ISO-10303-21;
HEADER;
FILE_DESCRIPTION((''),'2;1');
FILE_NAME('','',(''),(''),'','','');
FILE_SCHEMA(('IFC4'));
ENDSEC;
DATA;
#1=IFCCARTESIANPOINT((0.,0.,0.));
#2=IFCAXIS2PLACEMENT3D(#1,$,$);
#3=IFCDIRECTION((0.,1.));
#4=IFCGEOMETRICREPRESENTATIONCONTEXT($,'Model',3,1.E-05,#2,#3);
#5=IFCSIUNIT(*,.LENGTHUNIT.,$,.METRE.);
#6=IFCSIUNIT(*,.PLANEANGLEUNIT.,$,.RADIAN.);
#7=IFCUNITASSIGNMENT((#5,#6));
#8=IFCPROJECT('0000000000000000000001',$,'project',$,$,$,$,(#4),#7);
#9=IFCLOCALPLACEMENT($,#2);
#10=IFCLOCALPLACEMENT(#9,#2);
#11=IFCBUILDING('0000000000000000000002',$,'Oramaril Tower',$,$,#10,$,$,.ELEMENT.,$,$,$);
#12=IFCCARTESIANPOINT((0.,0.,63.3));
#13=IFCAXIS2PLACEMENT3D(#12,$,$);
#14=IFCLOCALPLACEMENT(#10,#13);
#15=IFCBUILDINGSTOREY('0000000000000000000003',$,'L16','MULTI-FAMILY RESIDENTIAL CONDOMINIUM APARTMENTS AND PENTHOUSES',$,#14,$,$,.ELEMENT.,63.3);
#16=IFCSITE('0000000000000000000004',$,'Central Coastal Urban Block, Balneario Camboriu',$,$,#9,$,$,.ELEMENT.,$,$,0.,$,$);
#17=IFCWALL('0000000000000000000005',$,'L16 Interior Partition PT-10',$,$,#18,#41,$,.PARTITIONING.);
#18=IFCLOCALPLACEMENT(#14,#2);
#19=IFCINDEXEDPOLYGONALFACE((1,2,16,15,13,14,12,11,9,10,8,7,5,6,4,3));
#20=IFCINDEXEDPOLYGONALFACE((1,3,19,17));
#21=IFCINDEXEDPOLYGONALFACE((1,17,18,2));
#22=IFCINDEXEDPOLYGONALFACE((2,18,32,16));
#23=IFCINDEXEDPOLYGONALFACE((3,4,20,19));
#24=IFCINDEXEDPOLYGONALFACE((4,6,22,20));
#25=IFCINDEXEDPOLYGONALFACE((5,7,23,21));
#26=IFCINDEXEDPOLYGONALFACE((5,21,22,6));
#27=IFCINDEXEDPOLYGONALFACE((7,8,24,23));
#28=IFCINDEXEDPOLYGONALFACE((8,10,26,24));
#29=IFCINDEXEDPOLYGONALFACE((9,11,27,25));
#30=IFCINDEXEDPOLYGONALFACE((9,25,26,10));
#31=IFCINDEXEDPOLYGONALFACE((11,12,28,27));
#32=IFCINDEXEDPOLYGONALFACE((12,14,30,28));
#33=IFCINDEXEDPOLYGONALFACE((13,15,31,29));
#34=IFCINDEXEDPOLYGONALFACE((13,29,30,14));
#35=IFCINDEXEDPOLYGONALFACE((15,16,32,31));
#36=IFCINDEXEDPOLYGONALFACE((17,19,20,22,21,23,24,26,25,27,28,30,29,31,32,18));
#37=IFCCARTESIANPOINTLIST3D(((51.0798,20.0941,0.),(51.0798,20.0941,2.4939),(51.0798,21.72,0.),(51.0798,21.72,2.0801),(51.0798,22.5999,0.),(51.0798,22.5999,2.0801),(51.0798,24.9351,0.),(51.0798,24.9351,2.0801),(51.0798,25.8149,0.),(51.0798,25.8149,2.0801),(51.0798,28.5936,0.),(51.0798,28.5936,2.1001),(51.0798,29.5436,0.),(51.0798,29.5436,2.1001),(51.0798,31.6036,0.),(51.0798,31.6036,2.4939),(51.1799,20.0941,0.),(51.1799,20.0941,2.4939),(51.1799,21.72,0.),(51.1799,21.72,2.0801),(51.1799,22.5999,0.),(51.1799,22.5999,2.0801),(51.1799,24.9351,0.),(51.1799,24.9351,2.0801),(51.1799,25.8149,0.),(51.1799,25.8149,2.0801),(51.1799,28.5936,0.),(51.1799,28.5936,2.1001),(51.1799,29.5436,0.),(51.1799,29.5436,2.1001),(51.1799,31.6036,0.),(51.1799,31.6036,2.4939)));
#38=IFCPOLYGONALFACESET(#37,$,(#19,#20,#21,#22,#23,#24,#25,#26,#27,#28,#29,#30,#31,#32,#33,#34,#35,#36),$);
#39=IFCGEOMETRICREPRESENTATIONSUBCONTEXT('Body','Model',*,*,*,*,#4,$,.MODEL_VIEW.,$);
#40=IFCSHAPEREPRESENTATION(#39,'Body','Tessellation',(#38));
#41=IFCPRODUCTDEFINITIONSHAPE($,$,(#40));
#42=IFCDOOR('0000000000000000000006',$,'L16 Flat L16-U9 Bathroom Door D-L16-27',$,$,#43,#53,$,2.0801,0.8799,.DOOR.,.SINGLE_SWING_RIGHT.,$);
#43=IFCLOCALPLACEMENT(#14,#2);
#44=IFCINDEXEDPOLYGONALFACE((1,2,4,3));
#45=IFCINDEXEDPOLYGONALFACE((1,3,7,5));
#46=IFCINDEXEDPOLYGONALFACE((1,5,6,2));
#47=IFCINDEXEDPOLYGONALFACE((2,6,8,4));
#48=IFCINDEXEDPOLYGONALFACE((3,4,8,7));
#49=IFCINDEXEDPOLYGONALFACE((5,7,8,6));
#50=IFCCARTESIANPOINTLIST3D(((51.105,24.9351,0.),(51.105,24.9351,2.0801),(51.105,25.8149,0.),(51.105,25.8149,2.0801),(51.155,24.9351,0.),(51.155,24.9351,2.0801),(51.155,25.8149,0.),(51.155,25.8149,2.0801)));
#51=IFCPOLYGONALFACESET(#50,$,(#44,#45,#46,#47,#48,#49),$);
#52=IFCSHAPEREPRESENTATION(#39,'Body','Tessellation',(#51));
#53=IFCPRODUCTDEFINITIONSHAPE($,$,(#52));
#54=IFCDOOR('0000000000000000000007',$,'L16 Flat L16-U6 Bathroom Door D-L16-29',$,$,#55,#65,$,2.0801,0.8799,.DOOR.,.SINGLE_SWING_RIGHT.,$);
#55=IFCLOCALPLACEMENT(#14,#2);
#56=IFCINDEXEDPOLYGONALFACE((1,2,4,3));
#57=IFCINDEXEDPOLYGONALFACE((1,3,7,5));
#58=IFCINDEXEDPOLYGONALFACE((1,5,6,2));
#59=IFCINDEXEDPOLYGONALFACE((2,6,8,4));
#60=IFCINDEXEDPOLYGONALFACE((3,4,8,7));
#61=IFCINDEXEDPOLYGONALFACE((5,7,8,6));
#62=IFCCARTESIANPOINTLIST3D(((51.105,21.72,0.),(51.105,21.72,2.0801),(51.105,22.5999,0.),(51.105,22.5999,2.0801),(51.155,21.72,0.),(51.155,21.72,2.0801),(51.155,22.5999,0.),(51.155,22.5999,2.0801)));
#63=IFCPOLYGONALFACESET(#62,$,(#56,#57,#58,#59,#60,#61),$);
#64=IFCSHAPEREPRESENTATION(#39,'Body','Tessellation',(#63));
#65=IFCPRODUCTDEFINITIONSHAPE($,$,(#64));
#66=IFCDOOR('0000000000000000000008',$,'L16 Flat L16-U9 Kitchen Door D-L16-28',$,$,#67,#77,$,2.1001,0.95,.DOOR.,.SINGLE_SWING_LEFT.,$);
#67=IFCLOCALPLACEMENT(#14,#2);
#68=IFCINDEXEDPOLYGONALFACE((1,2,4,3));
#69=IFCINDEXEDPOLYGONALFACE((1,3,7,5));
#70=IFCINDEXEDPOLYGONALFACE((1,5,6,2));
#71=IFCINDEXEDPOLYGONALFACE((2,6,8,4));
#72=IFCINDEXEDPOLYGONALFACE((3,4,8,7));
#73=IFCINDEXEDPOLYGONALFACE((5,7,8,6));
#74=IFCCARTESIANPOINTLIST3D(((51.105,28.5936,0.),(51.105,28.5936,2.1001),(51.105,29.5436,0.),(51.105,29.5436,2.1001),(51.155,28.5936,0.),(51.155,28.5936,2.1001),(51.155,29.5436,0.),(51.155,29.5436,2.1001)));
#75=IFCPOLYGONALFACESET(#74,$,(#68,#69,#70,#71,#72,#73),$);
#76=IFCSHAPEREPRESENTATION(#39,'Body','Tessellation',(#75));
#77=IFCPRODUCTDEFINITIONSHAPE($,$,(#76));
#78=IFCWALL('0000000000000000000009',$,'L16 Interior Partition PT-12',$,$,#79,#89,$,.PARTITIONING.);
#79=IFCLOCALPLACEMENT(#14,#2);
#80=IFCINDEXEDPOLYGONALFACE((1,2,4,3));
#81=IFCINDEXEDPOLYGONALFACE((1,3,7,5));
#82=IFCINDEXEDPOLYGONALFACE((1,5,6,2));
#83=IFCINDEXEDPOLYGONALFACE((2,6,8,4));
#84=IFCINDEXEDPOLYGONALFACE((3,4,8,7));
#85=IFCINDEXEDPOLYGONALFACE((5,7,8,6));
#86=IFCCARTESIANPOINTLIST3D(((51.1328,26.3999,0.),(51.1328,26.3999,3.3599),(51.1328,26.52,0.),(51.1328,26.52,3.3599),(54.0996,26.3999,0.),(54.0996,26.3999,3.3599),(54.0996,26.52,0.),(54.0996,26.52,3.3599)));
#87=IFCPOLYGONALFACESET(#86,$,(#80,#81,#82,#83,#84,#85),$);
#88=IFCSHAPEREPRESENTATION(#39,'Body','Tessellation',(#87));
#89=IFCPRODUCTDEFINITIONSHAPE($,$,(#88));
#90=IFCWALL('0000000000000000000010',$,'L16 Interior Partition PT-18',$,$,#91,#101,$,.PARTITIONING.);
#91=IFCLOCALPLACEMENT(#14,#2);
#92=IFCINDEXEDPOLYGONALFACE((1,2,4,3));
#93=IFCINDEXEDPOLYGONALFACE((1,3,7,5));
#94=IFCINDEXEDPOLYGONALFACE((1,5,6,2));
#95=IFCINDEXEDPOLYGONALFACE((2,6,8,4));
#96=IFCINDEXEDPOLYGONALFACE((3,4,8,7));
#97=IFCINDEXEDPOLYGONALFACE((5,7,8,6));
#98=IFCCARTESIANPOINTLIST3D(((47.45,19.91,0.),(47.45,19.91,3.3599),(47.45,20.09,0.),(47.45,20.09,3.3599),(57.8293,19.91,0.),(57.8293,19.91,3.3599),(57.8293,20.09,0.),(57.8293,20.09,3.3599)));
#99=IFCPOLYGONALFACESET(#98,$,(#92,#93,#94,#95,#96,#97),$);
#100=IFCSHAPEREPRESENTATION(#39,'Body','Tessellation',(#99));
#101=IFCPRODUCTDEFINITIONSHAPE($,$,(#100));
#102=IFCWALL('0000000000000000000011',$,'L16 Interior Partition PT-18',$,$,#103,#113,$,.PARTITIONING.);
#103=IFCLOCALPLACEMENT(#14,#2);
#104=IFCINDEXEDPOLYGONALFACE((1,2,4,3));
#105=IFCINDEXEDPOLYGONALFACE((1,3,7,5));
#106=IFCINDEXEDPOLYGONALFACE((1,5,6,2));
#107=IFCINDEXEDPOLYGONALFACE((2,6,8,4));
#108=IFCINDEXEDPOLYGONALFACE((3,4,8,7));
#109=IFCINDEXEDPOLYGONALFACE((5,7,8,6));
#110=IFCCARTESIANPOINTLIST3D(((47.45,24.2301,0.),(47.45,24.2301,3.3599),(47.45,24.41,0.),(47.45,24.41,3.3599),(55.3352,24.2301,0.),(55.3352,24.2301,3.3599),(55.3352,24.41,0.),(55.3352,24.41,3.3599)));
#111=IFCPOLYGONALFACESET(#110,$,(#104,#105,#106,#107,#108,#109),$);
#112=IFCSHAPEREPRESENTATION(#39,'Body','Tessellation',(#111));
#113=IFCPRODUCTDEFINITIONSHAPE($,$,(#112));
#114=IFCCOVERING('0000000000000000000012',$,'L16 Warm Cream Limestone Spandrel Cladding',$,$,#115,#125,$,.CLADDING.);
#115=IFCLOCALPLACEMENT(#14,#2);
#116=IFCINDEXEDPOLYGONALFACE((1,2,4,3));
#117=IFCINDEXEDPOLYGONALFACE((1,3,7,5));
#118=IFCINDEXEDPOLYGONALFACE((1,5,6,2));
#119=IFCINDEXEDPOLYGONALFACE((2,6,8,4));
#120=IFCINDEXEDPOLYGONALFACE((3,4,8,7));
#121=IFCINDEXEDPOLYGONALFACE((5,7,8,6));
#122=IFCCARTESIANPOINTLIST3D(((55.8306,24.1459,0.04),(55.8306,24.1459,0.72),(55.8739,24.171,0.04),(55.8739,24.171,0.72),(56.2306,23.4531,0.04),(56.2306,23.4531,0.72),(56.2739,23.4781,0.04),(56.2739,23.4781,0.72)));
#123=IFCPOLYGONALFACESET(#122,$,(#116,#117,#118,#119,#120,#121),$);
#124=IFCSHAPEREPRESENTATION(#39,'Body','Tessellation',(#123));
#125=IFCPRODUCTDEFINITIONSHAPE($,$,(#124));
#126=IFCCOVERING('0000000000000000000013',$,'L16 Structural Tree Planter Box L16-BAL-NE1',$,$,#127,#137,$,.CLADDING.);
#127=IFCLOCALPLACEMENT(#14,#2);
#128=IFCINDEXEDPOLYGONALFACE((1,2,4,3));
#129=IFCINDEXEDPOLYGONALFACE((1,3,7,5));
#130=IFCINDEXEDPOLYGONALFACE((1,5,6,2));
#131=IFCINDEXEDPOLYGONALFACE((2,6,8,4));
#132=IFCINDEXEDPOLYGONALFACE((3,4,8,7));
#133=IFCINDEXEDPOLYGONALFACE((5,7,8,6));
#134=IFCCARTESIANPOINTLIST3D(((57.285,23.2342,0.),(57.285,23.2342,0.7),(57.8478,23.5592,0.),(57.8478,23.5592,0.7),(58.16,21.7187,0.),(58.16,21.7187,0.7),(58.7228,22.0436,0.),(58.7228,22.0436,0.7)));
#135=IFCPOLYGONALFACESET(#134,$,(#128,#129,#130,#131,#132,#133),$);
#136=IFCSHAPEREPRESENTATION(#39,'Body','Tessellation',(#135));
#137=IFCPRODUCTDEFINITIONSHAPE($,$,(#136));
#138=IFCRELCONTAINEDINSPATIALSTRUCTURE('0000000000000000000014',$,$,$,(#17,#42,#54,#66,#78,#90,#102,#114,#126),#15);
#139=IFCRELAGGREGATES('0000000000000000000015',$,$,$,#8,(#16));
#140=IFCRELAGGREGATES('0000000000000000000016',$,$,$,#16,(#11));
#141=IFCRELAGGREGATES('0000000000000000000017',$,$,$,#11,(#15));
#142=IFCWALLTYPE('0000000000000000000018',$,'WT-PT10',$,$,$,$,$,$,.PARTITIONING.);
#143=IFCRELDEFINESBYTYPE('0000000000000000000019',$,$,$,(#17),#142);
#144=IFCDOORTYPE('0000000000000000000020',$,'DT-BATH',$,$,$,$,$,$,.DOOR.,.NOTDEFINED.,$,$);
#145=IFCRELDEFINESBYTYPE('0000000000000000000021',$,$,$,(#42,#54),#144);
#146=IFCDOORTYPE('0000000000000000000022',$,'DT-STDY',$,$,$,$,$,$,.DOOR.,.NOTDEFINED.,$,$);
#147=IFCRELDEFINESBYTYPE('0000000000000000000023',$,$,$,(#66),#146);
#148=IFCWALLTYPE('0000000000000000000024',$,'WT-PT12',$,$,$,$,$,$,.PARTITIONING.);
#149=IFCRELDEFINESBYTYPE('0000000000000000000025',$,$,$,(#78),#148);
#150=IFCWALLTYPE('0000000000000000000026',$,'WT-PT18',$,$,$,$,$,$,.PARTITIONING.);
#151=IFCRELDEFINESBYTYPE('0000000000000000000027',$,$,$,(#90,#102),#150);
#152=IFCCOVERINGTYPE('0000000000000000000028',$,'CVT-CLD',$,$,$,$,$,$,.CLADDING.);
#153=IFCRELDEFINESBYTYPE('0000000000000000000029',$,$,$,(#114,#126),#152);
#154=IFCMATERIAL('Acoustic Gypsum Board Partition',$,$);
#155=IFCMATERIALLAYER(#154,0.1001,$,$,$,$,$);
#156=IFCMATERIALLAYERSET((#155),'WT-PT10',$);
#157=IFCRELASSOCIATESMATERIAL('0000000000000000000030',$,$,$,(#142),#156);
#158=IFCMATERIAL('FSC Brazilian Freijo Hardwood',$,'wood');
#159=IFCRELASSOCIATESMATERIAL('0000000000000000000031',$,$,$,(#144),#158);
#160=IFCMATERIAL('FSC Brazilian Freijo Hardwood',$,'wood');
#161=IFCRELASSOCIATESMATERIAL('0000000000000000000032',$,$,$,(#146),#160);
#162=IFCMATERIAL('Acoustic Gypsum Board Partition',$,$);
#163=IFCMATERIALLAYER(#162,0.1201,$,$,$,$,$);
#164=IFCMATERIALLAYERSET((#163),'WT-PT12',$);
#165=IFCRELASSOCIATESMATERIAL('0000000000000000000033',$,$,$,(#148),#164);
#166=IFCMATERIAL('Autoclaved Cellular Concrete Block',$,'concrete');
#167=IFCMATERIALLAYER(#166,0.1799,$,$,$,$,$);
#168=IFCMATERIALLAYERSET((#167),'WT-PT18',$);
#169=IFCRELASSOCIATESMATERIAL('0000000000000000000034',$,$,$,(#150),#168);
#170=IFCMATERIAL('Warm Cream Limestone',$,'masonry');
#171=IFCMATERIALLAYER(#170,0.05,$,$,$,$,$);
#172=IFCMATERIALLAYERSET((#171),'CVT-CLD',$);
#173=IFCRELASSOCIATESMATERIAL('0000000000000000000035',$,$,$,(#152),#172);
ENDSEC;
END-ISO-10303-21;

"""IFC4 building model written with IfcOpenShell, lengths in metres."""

from ifc_helpers import new_model, si_unit, direction, frame, frame_2d, origin, origin_2d, place, context, subcontext, project, spatial, rectangle, extrude, material, layer, layer_set, type_object, element, fill, save


model = new_model("IFC4")

# Units and contexts
model_context = context("Model", 3, precision=1e-05, world=origin(), true_north=direction((0.0, 1.0)))
body_context = subcontext(model_context, "Body", "Model", "MODEL_VIEW")
ifc_project = project(units=[si_unit("LENGTHUNIT", "METRE"), si_unit("PLANEANGLEUNIT", "RADIAN")], contexts=[model_context])

# Site, building, storey
site_placement = place(None, origin())
site = spatial("IfcSite", under=ifc_project, at=site_placement, Name="Central Coastal Urban Block, Balneario Camboriu", CompositionType="ELEMENT", RefElevation=0.0)
building_placement = place(site_placement, origin())
building = spatial("IfcBuilding", under=site, at=building_placement, Name="Oramaril Tower", CompositionType="ELEMENT")
storey_placement = place(building_placement, frame((0.0, 0.0, 63.3)))
storey = spatial("IfcBuildingStorey", under=building, at=storey_placement, Name="L16", Description="MULTI-FAMILY RESIDENTIAL CONDOMINIUM APARTMENTS AND PENTHOUSES", CompositionType="ELEMENT", Elevation=63.3)

# Wall, openings, doors
ifc_material_1 = material(Name="Acoustic Gypsum Board Partition")
ifc_layer_1 = layer(ifc_material_1, 0.1001)
ifc_layer_set_1 = layer_set([ifc_layer_1], Name="WT-PT10")
wall_type_1 = type_object("IfcWallType", Name="WT-PT10", PredefinedType="PARTITIONING", material=ifc_layer_set_1)
wall_1_placement = place(storey_placement, frame((51.1299, 20.094, 0.0), z_axis=(0.0, 0.0, 1.0), x_axis=(0.0, 1.0, 0.0)))
wall_1 = element("IfcWall", 1, at=wall_1_placement, inside=storey, type_object=wall_type_1, Name="L16 Interior Partition PT-10", PredefinedType="PARTITIONING", context=body_context, shape_type="SweptSolid", body=[
    extrude(rectangle(XDim=11.5095, YDim=0.1001, at=frame_2d((5.7549, 0.0))), origin(), (0.0, 0.0, 1.0), 2.4939),
])
opening_1_placement = place(wall_1_placement, frame((4.8411, 0.0, 0.0)))
opening_1 = element("IfcOpeningElement", 2, at=opening_1_placement, cuts=wall_1, PredefinedType="OPENING", context=body_context, shape_type="SweptSolid", body=[
    extrude(rectangle(XDim=0.8799, YDim=2.0801, at=frame_2d((0.4399, 1.04))), frame((0.0, 0.05, 0.0), z_axis=(0.0, -1.0, 0.0), x_axis=(1.0, 0.0, 0.0)), (0.0, 0.0, 1.0), 0.1001),
])
opening_2_placement = place(wall_1_placement, frame((8.4995, 0.0, 0.0)))
opening_2 = element("IfcOpeningElement", 3, at=opening_2_placement, cuts=wall_1, PredefinedType="OPENING", context=body_context, shape_type="SweptSolid", body=[
    extrude(rectangle(XDim=0.95, YDim=2.1001, at=frame_2d((0.4751, 1.05))), frame((0.0, 0.05, 0.0), z_axis=(0.0, -1.0, 0.0), x_axis=(1.0, 0.0, 0.0)), (0.0, 0.0, 1.0), 0.1001),
])
opening_3_placement = place(wall_1_placement, frame((1.626, 0.0, 0.0)))
opening_3 = element("IfcOpeningElement", 4, at=opening_3_placement, cuts=wall_1, PredefinedType="OPENING", context=body_context, shape_type="SweptSolid", body=[
    extrude(rectangle(XDim=0.8799, YDim=2.0801, at=frame_2d((0.4399, 1.04))), frame((0.0, 0.05, 0.0), z_axis=(0.0, -1.0, 0.0), x_axis=(1.0, 0.0, 0.0)), (0.0, 0.0, 1.0), 0.1001),
])
ifc_material_2 = material(Name="FSC Brazilian Freijo Hardwood", Category="wood")
door_type_1 = type_object("IfcDoorType", Name="DT-BATH", OperationType="NOTDEFINED", PredefinedType="DOOR", material=ifc_material_2)
door_1_placement = place(opening_1_placement, origin())
door_1 = element("IfcDoor", 5, at=door_1_placement, inside=storey, type_object=door_type_1, Name="L16 Flat L16-U9 Bathroom Door D-L16-27", OperationType="SINGLE_SWING_RIGHT", OverallHeight=2.0801, OverallWidth=0.8799, PredefinedType="DOOR", context=body_context, shape_type="SweptSolid", body=[
    extrude(rectangle(XDim=0.8799, YDim=2.0801, at=frame_2d((0.4399, 1.04))), frame((0.0, 0.0249, 0.0), z_axis=(0.0, -1.0, 0.0), x_axis=(1.0, 0.0, 0.0)), (0.0, 0.0, 1.0), 0.05),
])
fill(opening_1, door_1)
door_2_placement = place(opening_3_placement, origin())
door_2 = element("IfcDoor", 6, at=door_2_placement, inside=storey, type_object=door_type_1, Name="L16 Flat L16-U6 Bathroom Door D-L16-29", OperationType="SINGLE_SWING_RIGHT", OverallHeight=2.0801, OverallWidth=0.8799, PredefinedType="DOOR", context=body_context, shape_type="SweptSolid", body=[
    extrude(rectangle(XDim=0.8799, YDim=2.0801, at=frame_2d((0.4399, 1.04))), frame((0.0, 0.0249, 0.0), z_axis=(0.0, -1.0, 0.0), x_axis=(1.0, 0.0, 0.0)), (0.0, 0.0, 1.0), 0.05),
])
fill(opening_3, door_2)
ifc_material_3 = material(Name="FSC Brazilian Freijo Hardwood", Category="wood")
door_type_2 = type_object("IfcDoorType", Name="DT-STDY", OperationType="NOTDEFINED", PredefinedType="DOOR", material=ifc_material_3)
door_3_placement = place(opening_2_placement, origin())
door_3 = element("IfcDoor", 7, at=door_3_placement, inside=storey, type_object=door_type_2, Name="L16 Flat L16-U9 Kitchen Door D-L16-28", OperationType="SINGLE_SWING_LEFT", OverallHeight=2.1001, OverallWidth=0.95, PredefinedType="DOOR", context=body_context, shape_type="SweptSolid", body=[
    extrude(rectangle(XDim=0.95, YDim=2.1001, at=frame_2d((0.4751, 1.05))), frame((0.0, 0.0249, 0.0), z_axis=(0.0, -1.0, 0.0), x_axis=(1.0, 0.0, 0.0)), (0.0, 0.0, 1.0), 0.05),
])
fill(opening_2, door_3)

# Walls
ifc_material_4 = material(Name="Acoustic Gypsum Board Partition")
ifc_layer_2 = layer(ifc_material_4, 0.1201)
ifc_layer_set_2 = layer_set([ifc_layer_2], Name="WT-PT12")
wall_type_2 = type_object("IfcWallType", Name="WT-PT12", PredefinedType="PARTITIONING", material=ifc_layer_set_2)
wall_2_placement = place(storey_placement, frame((51.1328, 26.46, 0.0), z_axis=(0.0, 0.0, 1.0), x_axis=(1.0, 0.0, 0.0)))
element("IfcWall", 8, at=wall_2_placement, inside=storey, type_object=wall_type_2, Name="L16 Interior Partition PT-12", PredefinedType="PARTITIONING", context=body_context, shape_type="SweptSolid", body=[
    extrude(rectangle(XDim=2.9668, YDim=0.1201, at=frame_2d((1.4834, 0.0))), origin(), (0.0, 0.0, 1.0), 3.3599),
])
ifc_material_5 = material(Name="Autoclaved Cellular Concrete Block", Category="concrete")
ifc_layer_3 = layer(ifc_material_5, 0.1799)
ifc_layer_set_3 = layer_set([ifc_layer_3], Name="WT-PT18")
wall_type_3 = type_object("IfcWallType", Name="WT-PT18", PredefinedType="PARTITIONING", material=ifc_layer_set_3)
wall_3_placement = place(storey_placement, frame((47.45, 20.0, 0.0), z_axis=(0.0, 0.0, 1.0), x_axis=(1.0, 0.0, 0.0)))
element("IfcWall", 9, at=wall_3_placement, inside=storey, type_object=wall_type_3, Name="L16 Interior Partition PT-18", PredefinedType="PARTITIONING", context=body_context, shape_type="SweptSolid", body=[
    extrude(rectangle(XDim=10.3794, YDim=0.1799, at=frame_2d((5.1897, 0.0))), origin(), (0.0, 0.0, 1.0), 3.3599),
])
wall_4_placement = place(storey_placement, frame((47.45, 24.3201, 0.0), z_axis=(0.0, 0.0, 1.0), x_axis=(1.0, 0.0, 0.0)))
element("IfcWall", 10, at=wall_4_placement, inside=storey, type_object=wall_type_3, Name="L16 Interior Partition PT-18", PredefinedType="PARTITIONING", context=body_context, shape_type="SweptSolid", body=[
    extrude(rectangle(XDim=7.8853, YDim=0.1799, at=frame_2d((3.9426, 0.0))), origin(), (0.0, 0.0, 1.0), 3.3599),
])

# Coverings
ifc_material_6 = material(Name="Warm Cream Limestone", Category="masonry")
ifc_layer_4 = layer(ifc_material_6, 0.05)
ifc_layer_set_4 = layer_set([ifc_layer_4], Name="CVT-CLD")
covering_type = type_object("IfcCoveringType", Name="CVT-CLD", PredefinedType="CLADDING", material=ifc_layer_set_4)
covering_1_placement = place(storey_placement, frame((56.0522, 23.812, 0.04), z_axis=(0.0, 0.0, 1.0), x_axis=(-0.499998, 0.866026, 0.0)))
element("IfcCovering", 11, at=covering_1_placement, inside=storey, type_object=covering_type, Name="L16 Warm Cream Limestone Spandrel Cladding", PredefinedType="CLADDING", context=body_context, shape_type="SweptSolid", body=[
    extrude(rectangle(XDim=0.8, YDim=0.05, at=origin_2d()), origin(), (0.0, 0.0, 1.0), 0.6799),
])
covering_2_placement = place(storey_placement, frame((58.0039, 22.6389, 0.0), z_axis=(0.0, 0.0, 1.0), x_axis=(-0.5, 0.866025, 0.0)))
element("IfcCovering", 12, at=covering_2_placement, inside=storey, type_object=covering_type, Name="L16 Structural Tree Planter Box L16-BAL-NE1", PredefinedType="CLADDING", context=body_context, shape_type="SweptSolid", body=[
    extrude(rectangle(XDim=1.75, YDim=0.6499, at=origin_2d()), origin(), (0.0, 0.0, 1.0), 0.7),
])

save(model, "model.ifc")
